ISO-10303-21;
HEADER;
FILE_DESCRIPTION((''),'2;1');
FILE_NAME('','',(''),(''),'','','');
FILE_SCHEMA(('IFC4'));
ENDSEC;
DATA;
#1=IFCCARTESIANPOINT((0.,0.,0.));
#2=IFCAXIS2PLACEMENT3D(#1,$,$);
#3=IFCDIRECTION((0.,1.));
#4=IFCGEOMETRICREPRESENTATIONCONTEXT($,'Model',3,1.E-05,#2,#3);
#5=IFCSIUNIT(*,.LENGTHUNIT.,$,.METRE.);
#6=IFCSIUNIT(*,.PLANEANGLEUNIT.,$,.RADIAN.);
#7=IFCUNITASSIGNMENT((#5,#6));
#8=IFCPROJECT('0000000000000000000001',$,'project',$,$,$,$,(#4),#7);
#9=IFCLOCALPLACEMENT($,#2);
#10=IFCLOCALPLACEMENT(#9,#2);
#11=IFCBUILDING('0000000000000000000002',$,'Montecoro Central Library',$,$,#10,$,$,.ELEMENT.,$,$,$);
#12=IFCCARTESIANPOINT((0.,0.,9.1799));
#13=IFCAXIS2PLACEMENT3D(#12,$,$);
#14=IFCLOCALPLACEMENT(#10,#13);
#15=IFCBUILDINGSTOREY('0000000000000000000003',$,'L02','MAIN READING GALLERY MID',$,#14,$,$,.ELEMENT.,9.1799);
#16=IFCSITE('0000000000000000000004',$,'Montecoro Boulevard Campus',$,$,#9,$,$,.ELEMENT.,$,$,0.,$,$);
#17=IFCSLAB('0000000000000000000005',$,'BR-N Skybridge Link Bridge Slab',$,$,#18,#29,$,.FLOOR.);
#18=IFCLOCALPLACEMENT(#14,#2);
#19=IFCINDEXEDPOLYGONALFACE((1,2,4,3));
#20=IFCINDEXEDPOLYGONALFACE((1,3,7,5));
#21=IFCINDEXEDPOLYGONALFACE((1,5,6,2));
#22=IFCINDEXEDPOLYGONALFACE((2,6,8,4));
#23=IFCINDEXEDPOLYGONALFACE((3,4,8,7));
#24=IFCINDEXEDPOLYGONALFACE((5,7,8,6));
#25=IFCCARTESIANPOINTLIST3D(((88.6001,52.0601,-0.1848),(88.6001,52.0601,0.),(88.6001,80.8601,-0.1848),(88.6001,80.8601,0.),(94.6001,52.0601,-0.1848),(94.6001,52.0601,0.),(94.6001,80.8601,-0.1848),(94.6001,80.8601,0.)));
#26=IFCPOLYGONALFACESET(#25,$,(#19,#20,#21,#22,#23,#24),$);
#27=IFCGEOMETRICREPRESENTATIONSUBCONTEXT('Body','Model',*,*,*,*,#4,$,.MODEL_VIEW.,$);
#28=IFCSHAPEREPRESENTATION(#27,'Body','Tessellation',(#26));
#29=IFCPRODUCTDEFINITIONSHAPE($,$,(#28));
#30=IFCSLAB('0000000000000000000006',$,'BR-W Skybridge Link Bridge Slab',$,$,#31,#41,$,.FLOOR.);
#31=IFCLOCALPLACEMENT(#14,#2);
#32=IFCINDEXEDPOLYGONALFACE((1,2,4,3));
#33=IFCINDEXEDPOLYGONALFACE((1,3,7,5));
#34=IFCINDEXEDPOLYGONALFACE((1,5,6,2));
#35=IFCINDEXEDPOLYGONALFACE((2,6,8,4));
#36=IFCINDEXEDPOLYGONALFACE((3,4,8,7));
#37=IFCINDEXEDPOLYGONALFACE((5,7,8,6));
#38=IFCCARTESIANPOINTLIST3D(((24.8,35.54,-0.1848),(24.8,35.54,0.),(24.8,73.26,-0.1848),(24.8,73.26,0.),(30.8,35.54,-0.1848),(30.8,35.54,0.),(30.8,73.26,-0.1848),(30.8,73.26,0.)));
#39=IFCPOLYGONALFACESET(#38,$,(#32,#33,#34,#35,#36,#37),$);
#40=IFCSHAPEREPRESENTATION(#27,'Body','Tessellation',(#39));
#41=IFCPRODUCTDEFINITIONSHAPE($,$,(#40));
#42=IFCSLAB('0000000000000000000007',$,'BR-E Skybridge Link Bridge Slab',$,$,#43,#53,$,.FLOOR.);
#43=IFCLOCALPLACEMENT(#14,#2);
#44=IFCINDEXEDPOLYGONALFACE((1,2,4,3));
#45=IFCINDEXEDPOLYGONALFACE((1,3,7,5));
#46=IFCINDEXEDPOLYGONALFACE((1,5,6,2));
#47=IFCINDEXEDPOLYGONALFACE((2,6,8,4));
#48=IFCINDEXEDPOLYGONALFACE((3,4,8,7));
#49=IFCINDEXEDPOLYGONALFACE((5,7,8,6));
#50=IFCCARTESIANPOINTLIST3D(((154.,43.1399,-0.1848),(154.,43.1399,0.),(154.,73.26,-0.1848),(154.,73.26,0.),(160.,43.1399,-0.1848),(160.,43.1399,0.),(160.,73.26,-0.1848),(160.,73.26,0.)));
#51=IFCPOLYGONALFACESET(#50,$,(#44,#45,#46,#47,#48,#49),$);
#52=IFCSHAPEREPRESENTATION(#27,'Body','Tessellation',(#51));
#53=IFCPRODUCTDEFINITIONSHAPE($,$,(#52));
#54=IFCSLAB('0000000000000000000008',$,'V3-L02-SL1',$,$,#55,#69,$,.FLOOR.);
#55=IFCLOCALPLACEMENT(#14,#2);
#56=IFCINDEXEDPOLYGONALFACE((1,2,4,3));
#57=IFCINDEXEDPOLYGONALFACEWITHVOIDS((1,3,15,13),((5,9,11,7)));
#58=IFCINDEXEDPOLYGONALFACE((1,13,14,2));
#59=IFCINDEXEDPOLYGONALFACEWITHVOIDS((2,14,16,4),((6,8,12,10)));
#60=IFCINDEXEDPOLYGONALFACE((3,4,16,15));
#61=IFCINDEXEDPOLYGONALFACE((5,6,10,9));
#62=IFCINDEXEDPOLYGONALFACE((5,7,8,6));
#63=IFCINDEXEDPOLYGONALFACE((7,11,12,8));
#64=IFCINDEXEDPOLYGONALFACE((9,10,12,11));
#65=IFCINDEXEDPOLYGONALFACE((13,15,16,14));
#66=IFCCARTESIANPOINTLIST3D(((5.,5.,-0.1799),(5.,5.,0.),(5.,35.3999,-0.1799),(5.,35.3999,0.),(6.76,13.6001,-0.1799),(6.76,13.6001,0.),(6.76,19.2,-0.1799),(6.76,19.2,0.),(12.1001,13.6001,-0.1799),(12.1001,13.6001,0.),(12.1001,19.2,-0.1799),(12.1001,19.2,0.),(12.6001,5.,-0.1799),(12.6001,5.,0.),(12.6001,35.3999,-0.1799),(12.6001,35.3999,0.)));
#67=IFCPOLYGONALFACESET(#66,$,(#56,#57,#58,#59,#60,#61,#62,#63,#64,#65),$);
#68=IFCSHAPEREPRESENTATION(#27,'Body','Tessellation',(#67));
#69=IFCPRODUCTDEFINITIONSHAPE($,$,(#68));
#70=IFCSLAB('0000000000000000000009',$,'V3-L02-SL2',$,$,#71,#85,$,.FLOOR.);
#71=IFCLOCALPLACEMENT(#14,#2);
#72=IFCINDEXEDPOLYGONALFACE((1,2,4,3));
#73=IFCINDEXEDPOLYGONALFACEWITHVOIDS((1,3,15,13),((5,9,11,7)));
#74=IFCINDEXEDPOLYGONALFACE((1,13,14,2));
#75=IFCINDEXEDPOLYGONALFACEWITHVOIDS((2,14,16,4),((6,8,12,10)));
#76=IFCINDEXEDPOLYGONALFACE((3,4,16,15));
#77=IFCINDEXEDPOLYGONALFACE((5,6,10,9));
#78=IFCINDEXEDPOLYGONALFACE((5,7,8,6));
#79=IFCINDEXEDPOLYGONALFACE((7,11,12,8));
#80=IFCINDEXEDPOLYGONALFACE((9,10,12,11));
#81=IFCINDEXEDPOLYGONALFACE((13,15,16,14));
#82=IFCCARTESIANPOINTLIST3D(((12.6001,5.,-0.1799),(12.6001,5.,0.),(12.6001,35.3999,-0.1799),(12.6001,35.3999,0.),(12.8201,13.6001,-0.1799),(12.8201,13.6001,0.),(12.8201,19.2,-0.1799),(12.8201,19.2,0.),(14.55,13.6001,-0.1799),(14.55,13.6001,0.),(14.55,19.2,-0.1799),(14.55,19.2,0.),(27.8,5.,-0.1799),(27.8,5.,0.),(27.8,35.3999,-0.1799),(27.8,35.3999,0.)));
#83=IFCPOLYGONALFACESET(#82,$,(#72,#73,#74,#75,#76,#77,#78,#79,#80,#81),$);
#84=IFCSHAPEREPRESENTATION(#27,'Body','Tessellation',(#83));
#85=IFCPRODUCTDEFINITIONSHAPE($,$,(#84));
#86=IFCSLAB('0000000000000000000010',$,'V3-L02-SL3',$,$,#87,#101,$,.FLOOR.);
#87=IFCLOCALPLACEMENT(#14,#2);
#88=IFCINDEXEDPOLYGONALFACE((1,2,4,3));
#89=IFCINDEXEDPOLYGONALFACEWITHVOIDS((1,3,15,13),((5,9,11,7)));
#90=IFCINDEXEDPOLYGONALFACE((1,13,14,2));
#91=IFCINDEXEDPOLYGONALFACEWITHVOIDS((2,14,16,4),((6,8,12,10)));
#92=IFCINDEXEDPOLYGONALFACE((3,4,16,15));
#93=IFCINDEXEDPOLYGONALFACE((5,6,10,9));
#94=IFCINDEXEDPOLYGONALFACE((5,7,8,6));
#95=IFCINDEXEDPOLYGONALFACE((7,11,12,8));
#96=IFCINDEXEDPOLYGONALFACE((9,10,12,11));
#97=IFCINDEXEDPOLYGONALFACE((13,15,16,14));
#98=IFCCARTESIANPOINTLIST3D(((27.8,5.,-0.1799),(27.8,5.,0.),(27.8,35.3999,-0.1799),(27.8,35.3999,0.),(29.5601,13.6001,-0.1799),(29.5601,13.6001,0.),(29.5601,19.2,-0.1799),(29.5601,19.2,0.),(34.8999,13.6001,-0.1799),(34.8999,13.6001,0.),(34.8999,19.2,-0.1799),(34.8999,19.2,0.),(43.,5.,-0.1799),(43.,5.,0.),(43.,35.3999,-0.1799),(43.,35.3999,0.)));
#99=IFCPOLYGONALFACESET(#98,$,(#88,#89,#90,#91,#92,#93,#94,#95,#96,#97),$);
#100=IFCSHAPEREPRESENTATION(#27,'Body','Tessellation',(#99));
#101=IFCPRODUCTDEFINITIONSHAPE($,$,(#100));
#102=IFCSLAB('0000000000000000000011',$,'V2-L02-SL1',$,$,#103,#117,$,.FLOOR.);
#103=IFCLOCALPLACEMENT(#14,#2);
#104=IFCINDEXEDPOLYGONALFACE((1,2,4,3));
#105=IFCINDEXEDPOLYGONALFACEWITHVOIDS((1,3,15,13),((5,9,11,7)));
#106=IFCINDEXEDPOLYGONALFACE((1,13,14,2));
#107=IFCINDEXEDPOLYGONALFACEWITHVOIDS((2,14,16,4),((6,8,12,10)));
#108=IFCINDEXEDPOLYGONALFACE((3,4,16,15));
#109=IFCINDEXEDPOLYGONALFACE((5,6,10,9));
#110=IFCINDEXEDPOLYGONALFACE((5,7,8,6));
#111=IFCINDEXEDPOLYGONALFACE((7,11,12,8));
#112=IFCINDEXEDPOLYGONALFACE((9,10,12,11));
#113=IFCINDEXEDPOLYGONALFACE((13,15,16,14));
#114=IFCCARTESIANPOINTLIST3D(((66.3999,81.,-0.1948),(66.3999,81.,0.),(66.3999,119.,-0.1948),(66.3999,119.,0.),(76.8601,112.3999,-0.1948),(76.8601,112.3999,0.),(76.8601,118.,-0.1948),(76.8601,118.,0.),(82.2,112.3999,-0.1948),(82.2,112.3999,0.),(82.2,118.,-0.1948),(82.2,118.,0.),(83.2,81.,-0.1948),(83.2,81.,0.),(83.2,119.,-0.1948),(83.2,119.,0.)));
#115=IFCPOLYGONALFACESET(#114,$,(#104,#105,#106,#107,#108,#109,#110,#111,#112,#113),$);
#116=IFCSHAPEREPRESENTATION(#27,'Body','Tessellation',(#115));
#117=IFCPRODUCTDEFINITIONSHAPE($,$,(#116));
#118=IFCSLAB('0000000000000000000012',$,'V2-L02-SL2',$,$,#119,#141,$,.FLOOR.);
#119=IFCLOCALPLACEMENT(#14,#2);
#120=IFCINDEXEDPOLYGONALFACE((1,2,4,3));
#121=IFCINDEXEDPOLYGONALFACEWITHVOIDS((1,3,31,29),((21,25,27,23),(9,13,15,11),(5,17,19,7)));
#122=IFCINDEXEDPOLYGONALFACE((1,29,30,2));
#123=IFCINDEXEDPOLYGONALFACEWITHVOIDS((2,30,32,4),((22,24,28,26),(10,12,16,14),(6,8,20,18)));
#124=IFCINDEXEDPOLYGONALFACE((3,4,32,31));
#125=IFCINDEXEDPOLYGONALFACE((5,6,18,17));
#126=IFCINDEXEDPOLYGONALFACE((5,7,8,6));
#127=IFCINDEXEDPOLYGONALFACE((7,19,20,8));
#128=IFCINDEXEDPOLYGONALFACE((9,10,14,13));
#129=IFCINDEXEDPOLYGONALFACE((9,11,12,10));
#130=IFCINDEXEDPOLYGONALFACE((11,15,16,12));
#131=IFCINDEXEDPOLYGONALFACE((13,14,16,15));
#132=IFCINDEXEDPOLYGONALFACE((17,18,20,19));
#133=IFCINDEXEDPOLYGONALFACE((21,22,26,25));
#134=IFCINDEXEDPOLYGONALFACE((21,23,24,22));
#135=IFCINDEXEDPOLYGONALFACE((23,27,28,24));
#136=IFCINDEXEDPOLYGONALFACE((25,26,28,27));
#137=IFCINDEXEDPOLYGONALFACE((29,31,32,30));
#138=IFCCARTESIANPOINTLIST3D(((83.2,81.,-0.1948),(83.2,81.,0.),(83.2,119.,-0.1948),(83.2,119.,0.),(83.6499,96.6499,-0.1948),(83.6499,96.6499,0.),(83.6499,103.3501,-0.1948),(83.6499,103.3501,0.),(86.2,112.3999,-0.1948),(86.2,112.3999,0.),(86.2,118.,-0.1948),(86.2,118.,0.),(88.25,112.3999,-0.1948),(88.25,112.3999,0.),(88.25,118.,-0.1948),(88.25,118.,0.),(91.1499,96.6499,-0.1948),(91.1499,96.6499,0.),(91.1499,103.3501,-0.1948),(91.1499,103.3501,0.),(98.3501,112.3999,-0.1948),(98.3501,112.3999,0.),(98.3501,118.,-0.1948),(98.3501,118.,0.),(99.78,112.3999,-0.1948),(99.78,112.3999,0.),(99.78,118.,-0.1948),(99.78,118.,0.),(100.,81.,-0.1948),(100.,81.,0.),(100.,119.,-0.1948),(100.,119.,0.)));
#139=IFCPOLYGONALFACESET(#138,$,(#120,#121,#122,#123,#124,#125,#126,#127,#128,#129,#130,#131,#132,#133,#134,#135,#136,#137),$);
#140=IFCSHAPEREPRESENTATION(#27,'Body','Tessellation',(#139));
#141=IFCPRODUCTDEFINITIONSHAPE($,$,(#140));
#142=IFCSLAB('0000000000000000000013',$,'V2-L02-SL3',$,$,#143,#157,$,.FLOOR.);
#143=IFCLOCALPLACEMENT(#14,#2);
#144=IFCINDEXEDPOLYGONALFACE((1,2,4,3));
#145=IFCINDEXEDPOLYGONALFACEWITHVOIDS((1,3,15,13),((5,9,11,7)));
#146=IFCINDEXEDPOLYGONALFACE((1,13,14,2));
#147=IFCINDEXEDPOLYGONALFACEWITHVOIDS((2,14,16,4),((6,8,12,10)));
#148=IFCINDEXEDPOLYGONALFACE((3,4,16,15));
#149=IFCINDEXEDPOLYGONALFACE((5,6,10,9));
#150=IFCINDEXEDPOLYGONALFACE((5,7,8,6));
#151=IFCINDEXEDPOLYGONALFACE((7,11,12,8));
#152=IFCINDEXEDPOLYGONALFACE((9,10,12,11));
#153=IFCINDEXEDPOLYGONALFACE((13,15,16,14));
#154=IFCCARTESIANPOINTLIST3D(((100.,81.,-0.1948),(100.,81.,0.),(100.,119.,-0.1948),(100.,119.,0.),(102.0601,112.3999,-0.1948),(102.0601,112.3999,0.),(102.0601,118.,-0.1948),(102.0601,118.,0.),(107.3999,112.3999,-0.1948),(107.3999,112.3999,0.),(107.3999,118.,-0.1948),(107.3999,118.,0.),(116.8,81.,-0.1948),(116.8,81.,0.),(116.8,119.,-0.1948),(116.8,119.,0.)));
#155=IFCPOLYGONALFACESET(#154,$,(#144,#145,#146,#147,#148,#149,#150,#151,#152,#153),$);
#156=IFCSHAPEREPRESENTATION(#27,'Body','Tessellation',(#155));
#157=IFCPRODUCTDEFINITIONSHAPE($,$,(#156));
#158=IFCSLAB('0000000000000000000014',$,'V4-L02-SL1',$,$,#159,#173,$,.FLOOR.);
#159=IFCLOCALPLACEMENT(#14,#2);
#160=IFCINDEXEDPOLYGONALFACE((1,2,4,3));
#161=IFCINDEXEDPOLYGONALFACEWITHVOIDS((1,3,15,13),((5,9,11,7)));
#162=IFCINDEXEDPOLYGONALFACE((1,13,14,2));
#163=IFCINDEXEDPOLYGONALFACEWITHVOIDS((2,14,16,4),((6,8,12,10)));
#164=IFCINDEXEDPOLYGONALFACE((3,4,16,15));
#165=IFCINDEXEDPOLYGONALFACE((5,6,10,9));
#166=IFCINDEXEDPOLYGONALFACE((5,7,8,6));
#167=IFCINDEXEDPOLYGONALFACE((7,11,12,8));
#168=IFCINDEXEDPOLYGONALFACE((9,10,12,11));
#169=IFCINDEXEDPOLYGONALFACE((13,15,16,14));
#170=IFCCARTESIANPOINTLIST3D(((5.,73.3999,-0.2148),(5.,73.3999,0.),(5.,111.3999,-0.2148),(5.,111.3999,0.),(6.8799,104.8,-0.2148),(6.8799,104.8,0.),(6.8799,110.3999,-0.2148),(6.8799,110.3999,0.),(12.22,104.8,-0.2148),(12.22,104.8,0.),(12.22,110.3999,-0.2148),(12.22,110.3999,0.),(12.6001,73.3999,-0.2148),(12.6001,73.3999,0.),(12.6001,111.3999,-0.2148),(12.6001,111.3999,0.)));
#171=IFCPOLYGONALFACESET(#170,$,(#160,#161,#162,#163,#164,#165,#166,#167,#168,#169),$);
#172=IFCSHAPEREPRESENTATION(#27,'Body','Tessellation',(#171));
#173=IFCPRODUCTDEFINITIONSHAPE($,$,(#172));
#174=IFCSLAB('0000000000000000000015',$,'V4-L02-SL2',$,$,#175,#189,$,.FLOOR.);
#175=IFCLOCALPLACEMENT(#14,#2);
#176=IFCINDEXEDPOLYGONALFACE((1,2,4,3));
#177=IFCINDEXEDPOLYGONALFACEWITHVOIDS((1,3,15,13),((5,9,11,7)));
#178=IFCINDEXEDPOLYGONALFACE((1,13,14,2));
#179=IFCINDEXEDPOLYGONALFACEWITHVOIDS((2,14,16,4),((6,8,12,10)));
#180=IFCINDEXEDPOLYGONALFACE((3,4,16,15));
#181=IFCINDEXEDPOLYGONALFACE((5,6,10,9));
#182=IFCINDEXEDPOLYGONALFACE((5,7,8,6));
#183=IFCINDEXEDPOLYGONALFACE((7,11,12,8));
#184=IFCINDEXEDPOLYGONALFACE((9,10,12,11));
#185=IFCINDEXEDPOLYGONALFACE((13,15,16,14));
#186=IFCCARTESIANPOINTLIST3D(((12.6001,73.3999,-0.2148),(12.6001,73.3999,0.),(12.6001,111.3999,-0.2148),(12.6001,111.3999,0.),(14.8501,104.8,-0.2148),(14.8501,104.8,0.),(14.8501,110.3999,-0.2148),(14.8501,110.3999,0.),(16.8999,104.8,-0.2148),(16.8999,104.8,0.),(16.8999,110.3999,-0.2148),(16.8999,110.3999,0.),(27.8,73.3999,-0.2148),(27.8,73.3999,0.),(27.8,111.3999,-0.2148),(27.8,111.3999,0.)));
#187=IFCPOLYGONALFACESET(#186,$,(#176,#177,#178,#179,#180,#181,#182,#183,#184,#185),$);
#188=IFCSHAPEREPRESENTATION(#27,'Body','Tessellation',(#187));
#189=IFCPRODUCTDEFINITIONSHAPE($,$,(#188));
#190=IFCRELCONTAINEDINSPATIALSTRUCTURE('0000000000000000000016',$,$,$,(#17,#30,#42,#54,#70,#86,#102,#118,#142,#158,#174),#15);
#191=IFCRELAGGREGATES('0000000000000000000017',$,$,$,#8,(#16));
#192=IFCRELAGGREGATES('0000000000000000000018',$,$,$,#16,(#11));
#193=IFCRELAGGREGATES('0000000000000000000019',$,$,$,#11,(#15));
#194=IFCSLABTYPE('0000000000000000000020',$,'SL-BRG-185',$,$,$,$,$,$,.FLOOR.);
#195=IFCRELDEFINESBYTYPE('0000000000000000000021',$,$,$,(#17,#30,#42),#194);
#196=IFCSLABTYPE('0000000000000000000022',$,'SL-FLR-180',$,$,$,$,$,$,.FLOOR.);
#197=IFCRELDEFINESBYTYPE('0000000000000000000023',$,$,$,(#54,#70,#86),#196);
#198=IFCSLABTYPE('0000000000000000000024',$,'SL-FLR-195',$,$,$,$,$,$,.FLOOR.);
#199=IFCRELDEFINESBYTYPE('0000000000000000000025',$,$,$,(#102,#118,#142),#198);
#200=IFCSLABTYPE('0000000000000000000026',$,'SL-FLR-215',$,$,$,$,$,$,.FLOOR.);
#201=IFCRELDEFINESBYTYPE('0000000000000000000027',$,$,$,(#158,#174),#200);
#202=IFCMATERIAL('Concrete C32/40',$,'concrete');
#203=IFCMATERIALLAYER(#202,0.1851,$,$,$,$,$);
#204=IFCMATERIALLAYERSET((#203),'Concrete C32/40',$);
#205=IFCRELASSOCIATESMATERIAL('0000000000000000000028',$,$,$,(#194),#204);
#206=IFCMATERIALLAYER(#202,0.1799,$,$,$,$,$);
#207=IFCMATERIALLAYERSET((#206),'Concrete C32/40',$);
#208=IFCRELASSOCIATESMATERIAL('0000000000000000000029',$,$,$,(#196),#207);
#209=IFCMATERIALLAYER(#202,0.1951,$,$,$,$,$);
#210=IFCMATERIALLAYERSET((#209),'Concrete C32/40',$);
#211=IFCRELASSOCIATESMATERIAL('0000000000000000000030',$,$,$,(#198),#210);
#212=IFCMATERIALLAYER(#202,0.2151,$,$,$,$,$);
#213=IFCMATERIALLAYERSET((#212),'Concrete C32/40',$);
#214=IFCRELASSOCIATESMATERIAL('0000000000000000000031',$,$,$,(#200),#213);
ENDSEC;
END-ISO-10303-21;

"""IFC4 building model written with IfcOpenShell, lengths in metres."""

from ifc_helpers import new_model, si_unit, direction, frame, origin, place, context, subcontext, project, spatial, polyline, outline, extrude, material, layer, layer_set, type_object, element, save


model = new_model("IFC4")

# Units and contexts
model_context = context("Model", 3, precision=1e-05, world=origin(), true_north=direction((0.0, 1.0)))
body_context = subcontext(model_context, "Body", "Model", "MODEL_VIEW")
ifc_project = project(units=[si_unit("LENGTHUNIT", "METRE"), si_unit("PLANEANGLEUNIT", "RADIAN")], contexts=[model_context])

# Site, building, storey
site_placement = place(None, origin())
site = spatial("IfcSite", under=ifc_project, at=site_placement, Name="Montecoro Boulevard Campus", CompositionType="ELEMENT", RefElevation=0.0)
building_placement = place(site_placement, origin())
building = spatial("IfcBuilding", under=site, at=building_placement, Name="Montecoro Central Library", CompositionType="ELEMENT")
storey_placement = place(building_placement, frame((0.0, 0.0, 9.1799)))
storey = spatial("IfcBuildingStorey", under=building, at=storey_placement, Name="L02", Description="MAIN READING GALLERY MID", CompositionType="ELEMENT", Elevation=9.1799)

# Slabs
ifc_material_1 = material(Name="Concrete C32/40", Category="concrete")
ifc_layer_1 = layer(ifc_material_1, 0.1851)
ifc_layer_set_1 = layer_set([ifc_layer_1], Name="Concrete C32/40")
slab_type_1 = type_object("IfcSlabType", Name="SL-BRG-185", PredefinedType="FLOOR", material=ifc_layer_set_1)
slab_1_placement = place(storey_placement, frame((0.0, 0.0, -0.1848)))
element("IfcSlab", 1, at=slab_1_placement, inside=storey, type_object=slab_type_1, Name="BR-N Skybridge Link Bridge Slab", PredefinedType="FLOOR", context=body_context, shape_type="SweptSolid", body=[
    extrude(outline(polyline([(88.6001, 52.0601), (94.6001, 52.0601), (94.6001, 80.8601), (88.6001, 80.8601), (88.6001, 52.0601)])), origin(), (0.0, 0.0, 1.0), 0.1848),
])
slab_2_placement = place(storey_placement, frame((0.0, 0.0, -0.1848)))
element("IfcSlab", 2, at=slab_2_placement, inside=storey, type_object=slab_type_1, Name="BR-W Skybridge Link Bridge Slab", PredefinedType="FLOOR", context=body_context, shape_type="SweptSolid", body=[
    extrude(outline(polyline([(24.8, 35.54), (30.8, 35.54), (30.8, 73.26), (24.8, 73.26), (24.8, 35.54)])), origin(), (0.0, 0.0, 1.0), 0.1848),
])
slab_3_placement = place(storey_placement, frame((0.0, 0.0, -0.1848)))
element("IfcSlab", 3, at=slab_3_placement, inside=storey, type_object=slab_type_1, Name="BR-E Skybridge Link Bridge Slab", PredefinedType="FLOOR", context=body_context, shape_type="SweptSolid", body=[
    extrude(outline(polyline([(154.0, 43.1399), (160.0, 43.1399), (160.0, 73.26), (154.0, 73.26), (154.0, 43.1399)])), origin(), (0.0, 0.0, 1.0), 0.1848),
])
ifc_layer_2 = layer(ifc_material_1, 0.1799)
ifc_layer_set_2 = layer_set([ifc_layer_2], Name="Concrete C32/40")
slab_type_2 = type_object("IfcSlabType", Name="SL-FLR-180", PredefinedType="FLOOR", material=ifc_layer_set_2)
slab_4_placement = place(storey_placement, frame((0.0, 0.0, -0.1799)))
element("IfcSlab", 4, at=slab_4_placement, inside=storey, type_object=slab_type_2, Name="V3-L02-SL1", PredefinedType="FLOOR", context=body_context, shape_type="SweptSolid", body=[
    extrude(outline(polyline([(5.0, 5.0), (12.6001, 5.0), (12.6001, 35.3999), (5.0, 35.3999), (5.0, 5.0)]), holes=[polyline([(6.76, 19.2), (12.1001, 19.2), (12.1001, 13.6001), (6.76, 13.6001), (6.76, 19.2)])]), origin(), (0.0, 0.0, 1.0), 0.1799),
])
slab_5_placement = place(storey_placement, frame((0.0, 0.0, -0.1799)))
element("IfcSlab", 5, at=slab_5_placement, inside=storey, type_object=slab_type_2, Name="V3-L02-SL2", PredefinedType="FLOOR", context=body_context, shape_type="SweptSolid", body=[
    extrude(outline(polyline([(12.6001, 5.0), (27.8, 5.0), (27.8, 35.3999), (12.6001, 35.3999), (12.6001, 5.0)]), holes=[polyline([(12.8201, 19.2), (14.55, 19.2), (14.55, 13.6001), (12.8201, 13.6001), (12.8201, 19.2)])]), origin(), (0.0, 0.0, 1.0), 0.1799),
])
slab_6_placement = place(storey_placement, frame((0.0, 0.0, -0.1799)))
element("IfcSlab", 6, at=slab_6_placement, inside=storey, type_object=slab_type_2, Name="V3-L02-SL3", PredefinedType="FLOOR", context=body_context, shape_type="SweptSolid", body=[
    extrude(outline(polyline([(27.8, 5.0), (43.0, 5.0), (43.0, 35.3999), (27.8, 35.3999), (27.8, 5.0)]), holes=[polyline([(29.5601, 19.2), (34.8999, 19.2), (34.8999, 13.6001), (29.5601, 13.6001), (29.5601, 19.2)])]), origin(), (0.0, 0.0, 1.0), 0.1799),
])
ifc_layer_3 = layer(ifc_material_1, 0.1951)
ifc_layer_set_3 = layer_set([ifc_layer_3], Name="Concrete C32/40")
slab_type_3 = type_object("IfcSlabType", Name="SL-FLR-195", PredefinedType="FLOOR", material=ifc_layer_set_3)
slab_7_placement = place(storey_placement, frame((0.0, 0.0, -0.1948)))
element("IfcSlab", 7, at=slab_7_placement, inside=storey, type_object=slab_type_3, Name="V2-L02-SL1", PredefinedType="FLOOR", context=body_context, shape_type="SweptSolid", body=[
    extrude(outline(polyline([(66.3999, 81.0), (83.2, 81.0), (83.2, 119.0), (66.3999, 119.0), (66.3999, 81.0)]), holes=[polyline([(76.8601, 118.0), (82.2, 118.0), (82.2, 112.3999), (76.8601, 112.3999), (76.8601, 118.0)])]), origin(), (0.0, 0.0, 1.0), 0.1948),
])
slab_8_placement = place(storey_placement, frame((0.0, 0.0, -0.1948)))
element("IfcSlab", 8, at=slab_8_placement, inside=storey, type_object=slab_type_3, Name="V2-L02-SL2", PredefinedType="FLOOR", context=body_context, shape_type="SweptSolid", body=[
    extrude(outline(polyline([(83.2, 81.0), (100.0, 81.0), (100.0, 119.0), (83.2, 119.0), (83.2, 81.0)]), holes=[polyline([(86.2, 118.0), (88.25, 118.0), (88.25, 112.3999), (86.2, 112.3999), (86.2, 118.0)]), polyline([(98.3501, 118.0), (99.78, 118.0), (99.78, 112.3999), (98.3501, 112.3999), (98.3501, 118.0)]), polyline([(83.6499, 103.3501), (91.1499, 103.3501), (91.1499, 96.6499), (83.6499, 96.6499), (83.6499, 103.3501)])]), origin(), (0.0, 0.0, 1.0), 0.1948),
])
slab_9_placement = place(storey_placement, frame((0.0, 0.0, -0.1948)))
element("IfcSlab", 9, at=slab_9_placement, inside=storey, type_object=slab_type_3, Name="V2-L02-SL3", PredefinedType="FLOOR", context=body_context, shape_type="SweptSolid", body=[
    extrude(outline(polyline([(100.0, 81.0), (116.8, 81.0), (116.8, 119.0), (100.0, 119.0), (100.0, 81.0)]), holes=[polyline([(102.0601, 118.0), (107.3999, 118.0), (107.3999, 112.3999), (102.0601, 112.3999), (102.0601, 118.0)])]), origin(), (0.0, 0.0, 1.0), 0.1948),
])
ifc_layer_4 = layer(ifc_material_1, 0.2151)
ifc_layer_set_4 = layer_set([ifc_layer_4], Name="Concrete C32/40")
slab_type_4 = type_object("IfcSlabType", Name="SL-FLR-215", PredefinedType="FLOOR", material=ifc_layer_set_4)
slab_10_placement = place(storey_placement, frame((0.0, 0.0, -0.2148)))
element("IfcSlab", 10, at=slab_10_placement, inside=storey, type_object=slab_type_4, Name="V4-L02-SL1", PredefinedType="FLOOR", context=body_context, shape_type="SweptSolid", body=[
    extrude(outline(polyline([(5.0, 73.3999), (12.6001, 73.3999), (12.6001, 111.3999), (5.0, 111.3999), (5.0, 73.3999)]), holes=[polyline([(6.8799, 110.3999), (12.22, 110.3999), (12.22, 104.8), (6.8799, 104.8), (6.8799, 110.3999)])]), origin(), (0.0, 0.0, 1.0), 0.2148),
])
slab_11_placement = place(storey_placement, frame((0.0, 0.0, -0.2148)))
element("IfcSlab", 11, at=slab_11_placement, inside=storey, type_object=slab_type_4, Name="V4-L02-SL2", PredefinedType="FLOOR", context=body_context, shape_type="SweptSolid", body=[
    extrude(outline(polyline([(12.6001, 73.3999), (27.8, 73.3999), (27.8, 111.3999), (12.6001, 111.3999), (12.6001, 73.3999)]), holes=[polyline([(14.8501, 110.3999), (16.8999, 110.3999), (16.8999, 104.8), (14.8501, 104.8), (14.8501, 110.3999)])]), origin(), (0.0, 0.0, 1.0), 0.2148),
])

save(model, "model.ifc")
